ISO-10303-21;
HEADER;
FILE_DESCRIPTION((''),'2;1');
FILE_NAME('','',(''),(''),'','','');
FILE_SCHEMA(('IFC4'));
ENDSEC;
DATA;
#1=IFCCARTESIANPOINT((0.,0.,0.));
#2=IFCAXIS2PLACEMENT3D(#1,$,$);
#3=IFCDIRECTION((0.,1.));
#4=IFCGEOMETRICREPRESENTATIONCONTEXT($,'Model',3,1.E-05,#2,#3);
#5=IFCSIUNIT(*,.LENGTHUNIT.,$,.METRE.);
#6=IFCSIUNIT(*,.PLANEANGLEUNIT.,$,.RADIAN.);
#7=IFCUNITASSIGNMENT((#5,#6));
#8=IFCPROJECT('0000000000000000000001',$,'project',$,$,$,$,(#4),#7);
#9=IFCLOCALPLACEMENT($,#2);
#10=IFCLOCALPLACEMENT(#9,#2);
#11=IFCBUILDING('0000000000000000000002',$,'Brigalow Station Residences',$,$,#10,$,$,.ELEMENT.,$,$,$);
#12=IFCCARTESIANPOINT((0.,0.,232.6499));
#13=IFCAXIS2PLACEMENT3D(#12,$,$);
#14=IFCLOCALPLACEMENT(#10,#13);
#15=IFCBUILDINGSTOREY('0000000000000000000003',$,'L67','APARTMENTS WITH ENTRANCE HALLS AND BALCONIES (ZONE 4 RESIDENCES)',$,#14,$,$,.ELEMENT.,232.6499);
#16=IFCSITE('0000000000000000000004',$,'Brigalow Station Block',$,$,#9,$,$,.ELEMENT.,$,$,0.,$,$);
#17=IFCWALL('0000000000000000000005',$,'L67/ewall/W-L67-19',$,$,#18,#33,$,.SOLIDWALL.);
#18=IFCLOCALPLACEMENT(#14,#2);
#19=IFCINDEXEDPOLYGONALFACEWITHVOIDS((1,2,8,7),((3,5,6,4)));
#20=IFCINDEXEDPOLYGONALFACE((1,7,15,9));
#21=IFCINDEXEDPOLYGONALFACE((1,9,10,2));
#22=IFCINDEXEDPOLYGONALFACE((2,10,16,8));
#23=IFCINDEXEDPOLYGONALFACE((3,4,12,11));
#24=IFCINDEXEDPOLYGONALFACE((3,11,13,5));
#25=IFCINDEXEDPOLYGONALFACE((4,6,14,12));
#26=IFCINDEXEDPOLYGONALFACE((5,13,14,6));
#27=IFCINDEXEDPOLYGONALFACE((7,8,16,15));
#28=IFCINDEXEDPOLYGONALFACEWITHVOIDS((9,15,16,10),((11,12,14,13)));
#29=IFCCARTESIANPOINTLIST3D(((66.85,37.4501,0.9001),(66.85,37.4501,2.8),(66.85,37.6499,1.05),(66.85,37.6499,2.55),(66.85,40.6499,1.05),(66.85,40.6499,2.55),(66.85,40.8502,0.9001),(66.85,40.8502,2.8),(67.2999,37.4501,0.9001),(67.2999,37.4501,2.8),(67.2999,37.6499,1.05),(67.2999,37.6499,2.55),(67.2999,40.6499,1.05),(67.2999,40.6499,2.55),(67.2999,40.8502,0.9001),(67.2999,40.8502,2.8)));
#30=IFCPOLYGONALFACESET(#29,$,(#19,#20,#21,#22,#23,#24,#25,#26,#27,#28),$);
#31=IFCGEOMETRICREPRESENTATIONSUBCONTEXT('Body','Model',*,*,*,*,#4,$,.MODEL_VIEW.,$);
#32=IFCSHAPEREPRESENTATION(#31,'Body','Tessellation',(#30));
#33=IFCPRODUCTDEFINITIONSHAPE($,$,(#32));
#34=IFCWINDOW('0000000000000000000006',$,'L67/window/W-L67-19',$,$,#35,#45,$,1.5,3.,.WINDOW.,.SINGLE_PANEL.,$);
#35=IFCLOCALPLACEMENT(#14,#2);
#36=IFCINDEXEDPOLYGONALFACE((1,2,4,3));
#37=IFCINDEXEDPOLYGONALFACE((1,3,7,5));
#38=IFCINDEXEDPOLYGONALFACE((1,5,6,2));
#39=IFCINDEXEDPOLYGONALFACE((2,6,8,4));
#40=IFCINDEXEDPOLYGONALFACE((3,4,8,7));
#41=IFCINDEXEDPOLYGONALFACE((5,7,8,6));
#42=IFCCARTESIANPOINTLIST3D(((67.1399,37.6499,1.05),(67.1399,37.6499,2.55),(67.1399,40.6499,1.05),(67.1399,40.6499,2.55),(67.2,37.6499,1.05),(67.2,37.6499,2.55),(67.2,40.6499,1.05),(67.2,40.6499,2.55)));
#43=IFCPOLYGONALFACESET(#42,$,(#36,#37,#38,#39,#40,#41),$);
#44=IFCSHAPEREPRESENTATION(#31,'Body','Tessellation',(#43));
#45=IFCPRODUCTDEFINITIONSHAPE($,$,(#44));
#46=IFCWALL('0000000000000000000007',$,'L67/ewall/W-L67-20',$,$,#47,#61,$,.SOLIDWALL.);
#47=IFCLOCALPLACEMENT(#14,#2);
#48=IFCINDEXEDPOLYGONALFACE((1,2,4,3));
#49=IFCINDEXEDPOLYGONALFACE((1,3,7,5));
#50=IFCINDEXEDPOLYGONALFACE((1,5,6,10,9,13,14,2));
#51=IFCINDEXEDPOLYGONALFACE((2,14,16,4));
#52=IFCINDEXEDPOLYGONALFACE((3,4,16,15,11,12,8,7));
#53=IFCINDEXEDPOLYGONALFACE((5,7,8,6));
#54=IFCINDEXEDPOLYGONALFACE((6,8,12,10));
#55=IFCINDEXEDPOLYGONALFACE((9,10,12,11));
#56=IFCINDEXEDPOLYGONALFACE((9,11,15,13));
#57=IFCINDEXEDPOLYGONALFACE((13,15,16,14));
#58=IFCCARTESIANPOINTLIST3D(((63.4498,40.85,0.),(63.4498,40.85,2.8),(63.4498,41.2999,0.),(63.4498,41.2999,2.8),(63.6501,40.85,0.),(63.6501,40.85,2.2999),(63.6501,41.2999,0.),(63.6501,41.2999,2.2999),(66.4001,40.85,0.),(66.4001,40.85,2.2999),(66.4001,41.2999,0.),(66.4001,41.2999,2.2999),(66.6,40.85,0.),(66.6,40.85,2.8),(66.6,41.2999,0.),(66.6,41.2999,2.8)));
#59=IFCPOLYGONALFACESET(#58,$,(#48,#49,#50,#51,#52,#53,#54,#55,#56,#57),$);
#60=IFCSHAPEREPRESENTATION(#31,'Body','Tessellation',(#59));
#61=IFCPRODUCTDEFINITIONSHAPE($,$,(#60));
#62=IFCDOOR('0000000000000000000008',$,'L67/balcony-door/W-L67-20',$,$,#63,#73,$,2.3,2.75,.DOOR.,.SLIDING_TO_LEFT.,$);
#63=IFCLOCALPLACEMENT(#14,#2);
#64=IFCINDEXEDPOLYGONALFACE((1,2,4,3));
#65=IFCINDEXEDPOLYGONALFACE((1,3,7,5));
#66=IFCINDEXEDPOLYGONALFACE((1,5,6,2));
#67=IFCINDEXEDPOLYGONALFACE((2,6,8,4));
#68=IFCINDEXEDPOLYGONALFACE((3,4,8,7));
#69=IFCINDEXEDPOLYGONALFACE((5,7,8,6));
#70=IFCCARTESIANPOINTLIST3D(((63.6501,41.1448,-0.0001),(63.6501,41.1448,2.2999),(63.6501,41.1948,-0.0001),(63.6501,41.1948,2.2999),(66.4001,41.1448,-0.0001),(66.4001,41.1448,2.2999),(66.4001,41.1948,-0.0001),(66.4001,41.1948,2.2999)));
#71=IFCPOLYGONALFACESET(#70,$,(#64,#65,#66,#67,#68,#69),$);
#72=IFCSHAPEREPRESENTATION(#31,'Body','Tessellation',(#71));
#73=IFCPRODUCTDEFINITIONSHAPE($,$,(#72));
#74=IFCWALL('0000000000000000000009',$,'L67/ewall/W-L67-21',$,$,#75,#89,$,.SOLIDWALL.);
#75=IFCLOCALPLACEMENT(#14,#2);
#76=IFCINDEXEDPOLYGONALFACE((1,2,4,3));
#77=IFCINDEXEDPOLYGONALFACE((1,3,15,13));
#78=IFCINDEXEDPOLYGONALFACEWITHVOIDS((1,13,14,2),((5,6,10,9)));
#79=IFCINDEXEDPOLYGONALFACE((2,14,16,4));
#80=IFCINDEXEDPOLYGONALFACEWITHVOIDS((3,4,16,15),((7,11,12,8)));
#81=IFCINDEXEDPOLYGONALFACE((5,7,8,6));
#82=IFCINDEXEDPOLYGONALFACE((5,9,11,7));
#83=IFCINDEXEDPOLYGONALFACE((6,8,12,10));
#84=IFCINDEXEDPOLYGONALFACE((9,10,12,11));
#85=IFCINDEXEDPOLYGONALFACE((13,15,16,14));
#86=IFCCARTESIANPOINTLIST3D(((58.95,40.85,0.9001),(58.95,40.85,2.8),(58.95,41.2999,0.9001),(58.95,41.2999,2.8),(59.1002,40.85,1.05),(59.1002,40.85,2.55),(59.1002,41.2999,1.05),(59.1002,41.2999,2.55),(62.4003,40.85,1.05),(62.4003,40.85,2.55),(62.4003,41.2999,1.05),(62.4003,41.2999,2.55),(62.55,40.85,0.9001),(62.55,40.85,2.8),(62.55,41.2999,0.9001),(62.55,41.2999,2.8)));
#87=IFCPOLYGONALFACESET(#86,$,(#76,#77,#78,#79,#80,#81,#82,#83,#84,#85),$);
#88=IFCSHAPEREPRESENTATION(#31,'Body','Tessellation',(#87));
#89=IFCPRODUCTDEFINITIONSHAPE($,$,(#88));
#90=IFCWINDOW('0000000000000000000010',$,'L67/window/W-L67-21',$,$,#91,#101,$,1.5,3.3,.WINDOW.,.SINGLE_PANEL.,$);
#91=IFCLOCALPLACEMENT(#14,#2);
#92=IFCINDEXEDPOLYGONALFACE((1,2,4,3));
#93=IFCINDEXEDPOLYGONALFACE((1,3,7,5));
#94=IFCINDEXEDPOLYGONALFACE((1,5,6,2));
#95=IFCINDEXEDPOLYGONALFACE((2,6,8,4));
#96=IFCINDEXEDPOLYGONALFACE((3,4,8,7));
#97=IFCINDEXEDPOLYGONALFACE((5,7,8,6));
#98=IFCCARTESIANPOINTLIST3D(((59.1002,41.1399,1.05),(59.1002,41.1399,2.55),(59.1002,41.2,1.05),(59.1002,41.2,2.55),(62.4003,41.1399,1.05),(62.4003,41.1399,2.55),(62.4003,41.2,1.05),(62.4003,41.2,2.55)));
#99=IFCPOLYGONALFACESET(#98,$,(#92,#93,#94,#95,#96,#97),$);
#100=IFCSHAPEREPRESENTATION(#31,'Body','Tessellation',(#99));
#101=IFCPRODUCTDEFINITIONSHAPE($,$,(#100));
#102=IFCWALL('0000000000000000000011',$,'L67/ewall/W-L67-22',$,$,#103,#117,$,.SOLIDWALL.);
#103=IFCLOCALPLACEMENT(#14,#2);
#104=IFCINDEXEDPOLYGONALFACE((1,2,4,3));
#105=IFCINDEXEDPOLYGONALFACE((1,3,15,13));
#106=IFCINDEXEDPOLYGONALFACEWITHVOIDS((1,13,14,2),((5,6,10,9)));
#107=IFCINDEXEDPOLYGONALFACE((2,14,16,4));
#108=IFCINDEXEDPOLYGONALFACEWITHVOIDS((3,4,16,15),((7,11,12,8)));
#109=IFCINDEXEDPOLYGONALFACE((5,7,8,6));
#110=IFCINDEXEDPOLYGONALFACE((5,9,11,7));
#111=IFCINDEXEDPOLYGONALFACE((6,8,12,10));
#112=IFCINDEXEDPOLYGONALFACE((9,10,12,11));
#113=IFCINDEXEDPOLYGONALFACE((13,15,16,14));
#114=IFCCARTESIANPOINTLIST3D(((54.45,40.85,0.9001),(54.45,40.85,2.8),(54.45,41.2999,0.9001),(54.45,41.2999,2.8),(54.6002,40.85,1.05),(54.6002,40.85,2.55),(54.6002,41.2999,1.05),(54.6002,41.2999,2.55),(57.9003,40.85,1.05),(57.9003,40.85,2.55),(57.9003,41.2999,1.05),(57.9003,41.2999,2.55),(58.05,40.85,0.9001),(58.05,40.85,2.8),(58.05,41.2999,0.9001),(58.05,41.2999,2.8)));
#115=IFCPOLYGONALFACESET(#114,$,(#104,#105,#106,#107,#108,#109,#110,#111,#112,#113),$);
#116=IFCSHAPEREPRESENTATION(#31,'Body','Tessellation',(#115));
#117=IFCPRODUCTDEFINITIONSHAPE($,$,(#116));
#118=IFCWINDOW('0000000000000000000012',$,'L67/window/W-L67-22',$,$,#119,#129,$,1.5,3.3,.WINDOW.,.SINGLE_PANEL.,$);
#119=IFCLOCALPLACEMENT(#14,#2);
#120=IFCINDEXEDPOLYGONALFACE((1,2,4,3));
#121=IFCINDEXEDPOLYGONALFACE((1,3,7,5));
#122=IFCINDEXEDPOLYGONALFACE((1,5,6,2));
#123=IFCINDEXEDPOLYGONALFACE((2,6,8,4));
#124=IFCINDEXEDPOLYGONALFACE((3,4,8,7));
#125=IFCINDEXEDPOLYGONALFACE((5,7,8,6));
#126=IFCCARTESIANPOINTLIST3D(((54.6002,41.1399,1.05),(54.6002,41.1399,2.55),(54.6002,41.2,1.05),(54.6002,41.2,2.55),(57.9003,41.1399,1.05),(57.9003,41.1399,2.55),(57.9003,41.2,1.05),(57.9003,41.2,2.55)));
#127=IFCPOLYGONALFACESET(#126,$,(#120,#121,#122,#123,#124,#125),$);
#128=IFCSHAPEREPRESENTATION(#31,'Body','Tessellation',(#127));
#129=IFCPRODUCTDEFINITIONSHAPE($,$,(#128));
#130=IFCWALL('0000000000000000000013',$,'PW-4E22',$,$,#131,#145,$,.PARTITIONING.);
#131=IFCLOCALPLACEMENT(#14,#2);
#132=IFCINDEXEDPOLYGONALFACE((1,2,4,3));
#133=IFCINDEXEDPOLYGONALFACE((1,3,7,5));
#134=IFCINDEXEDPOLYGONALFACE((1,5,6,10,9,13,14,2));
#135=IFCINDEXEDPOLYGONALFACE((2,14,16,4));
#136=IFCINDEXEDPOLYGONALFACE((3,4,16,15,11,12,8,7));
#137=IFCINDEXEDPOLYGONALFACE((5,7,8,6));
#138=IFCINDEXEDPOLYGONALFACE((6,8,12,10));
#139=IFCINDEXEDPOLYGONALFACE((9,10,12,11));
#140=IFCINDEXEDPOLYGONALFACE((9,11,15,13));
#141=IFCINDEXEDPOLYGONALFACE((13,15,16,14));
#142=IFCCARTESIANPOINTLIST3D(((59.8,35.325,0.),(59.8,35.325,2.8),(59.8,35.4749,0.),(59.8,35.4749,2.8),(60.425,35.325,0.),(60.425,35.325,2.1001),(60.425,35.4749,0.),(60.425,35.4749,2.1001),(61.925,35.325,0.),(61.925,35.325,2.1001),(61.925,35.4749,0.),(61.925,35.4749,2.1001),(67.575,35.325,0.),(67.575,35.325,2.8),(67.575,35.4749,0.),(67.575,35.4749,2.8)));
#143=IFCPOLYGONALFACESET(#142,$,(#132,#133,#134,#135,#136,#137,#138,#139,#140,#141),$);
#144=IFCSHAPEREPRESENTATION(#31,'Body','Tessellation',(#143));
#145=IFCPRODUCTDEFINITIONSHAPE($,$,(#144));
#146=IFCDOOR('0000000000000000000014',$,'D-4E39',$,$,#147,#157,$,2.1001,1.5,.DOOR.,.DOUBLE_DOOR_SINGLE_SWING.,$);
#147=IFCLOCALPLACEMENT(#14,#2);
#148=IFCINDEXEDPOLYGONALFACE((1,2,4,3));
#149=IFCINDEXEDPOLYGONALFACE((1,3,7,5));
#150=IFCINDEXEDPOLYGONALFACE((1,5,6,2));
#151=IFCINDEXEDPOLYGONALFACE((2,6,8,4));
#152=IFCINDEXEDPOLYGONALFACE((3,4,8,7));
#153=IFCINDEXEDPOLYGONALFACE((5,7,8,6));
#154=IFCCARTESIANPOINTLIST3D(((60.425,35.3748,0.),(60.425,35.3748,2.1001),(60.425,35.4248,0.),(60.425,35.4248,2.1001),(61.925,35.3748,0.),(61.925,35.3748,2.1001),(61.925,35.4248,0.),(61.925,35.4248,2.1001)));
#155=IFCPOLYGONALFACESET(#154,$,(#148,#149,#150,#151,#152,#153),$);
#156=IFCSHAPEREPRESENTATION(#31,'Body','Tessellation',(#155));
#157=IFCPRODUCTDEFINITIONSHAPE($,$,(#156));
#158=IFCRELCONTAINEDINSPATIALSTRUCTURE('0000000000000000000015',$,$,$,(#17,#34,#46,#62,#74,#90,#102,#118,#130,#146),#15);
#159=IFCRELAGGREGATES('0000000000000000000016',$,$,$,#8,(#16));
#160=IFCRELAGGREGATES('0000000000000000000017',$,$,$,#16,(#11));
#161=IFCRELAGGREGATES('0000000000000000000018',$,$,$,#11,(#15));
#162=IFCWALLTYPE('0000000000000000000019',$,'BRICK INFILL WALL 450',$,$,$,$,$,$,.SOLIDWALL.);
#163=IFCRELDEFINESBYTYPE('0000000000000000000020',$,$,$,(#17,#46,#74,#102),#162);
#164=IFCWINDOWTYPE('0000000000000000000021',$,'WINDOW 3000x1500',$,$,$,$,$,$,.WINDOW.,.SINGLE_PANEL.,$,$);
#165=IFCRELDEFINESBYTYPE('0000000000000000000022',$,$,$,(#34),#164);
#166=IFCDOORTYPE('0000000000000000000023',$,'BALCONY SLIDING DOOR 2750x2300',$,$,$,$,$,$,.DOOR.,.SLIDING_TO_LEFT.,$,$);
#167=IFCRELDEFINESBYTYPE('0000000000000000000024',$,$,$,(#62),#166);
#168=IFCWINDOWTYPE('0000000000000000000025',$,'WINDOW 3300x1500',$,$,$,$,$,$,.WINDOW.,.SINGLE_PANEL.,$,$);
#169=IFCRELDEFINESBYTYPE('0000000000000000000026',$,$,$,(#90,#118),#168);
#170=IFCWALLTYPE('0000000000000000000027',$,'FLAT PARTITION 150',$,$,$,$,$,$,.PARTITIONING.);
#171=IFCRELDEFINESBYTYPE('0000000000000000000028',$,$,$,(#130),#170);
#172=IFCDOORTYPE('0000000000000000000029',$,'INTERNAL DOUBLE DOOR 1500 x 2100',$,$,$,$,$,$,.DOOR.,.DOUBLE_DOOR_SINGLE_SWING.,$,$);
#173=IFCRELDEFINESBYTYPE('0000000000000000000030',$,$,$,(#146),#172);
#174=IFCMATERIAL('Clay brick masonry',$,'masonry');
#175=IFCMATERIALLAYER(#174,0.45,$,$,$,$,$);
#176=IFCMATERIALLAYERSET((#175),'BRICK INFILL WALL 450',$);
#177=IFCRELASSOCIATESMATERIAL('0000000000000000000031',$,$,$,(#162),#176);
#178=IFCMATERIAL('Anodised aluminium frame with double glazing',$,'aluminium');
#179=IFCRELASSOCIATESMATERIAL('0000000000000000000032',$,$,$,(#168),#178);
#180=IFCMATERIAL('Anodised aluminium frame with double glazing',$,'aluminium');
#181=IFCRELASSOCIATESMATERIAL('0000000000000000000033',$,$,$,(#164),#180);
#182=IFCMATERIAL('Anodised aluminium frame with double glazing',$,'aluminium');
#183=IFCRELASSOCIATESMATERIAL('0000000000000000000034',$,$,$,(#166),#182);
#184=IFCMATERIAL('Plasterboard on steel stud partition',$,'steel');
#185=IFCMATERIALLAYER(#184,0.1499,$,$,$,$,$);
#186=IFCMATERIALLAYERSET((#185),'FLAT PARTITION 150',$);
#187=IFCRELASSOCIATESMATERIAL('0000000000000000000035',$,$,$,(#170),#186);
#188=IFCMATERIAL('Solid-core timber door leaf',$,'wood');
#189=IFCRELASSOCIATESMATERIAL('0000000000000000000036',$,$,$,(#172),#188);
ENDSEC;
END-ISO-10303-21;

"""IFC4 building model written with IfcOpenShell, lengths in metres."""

from ifc_helpers import new_model, si_unit, direction, frame, frame_2d, origin, place, context, subcontext, project, spatial, rectangle, extrude, material, layer, layer_set, type_object, element, fill, save


model = new_model("IFC4")

# Units and contexts
model_context = context("Model", 3, precision=1e-05, world=origin(), true_north=direction((0.0, 1.0)))
body_context = subcontext(model_context, "Body", "Model", "MODEL_VIEW")
ifc_project = project(units=[si_unit("LENGTHUNIT", "METRE"), si_unit("PLANEANGLEUNIT", "RADIAN")], contexts=[model_context])

# Site, building, storey
site_placement = place(None, origin())
site = spatial("IfcSite", under=ifc_project, at=site_placement, Name="Brigalow Station Block", CompositionType="ELEMENT", RefElevation=0.0)
building_placement = place(site_placement, origin())
building = spatial("IfcBuilding", under=site, at=building_placement, Name="Brigalow Station Residences", CompositionType="ELEMENT")
storey_placement = place(building_placement, frame((0.0, 0.0, 232.6499)))
storey = spatial("IfcBuildingStorey", under=building, at=storey_placement, Name="L67", Description="APARTMENTS WITH ENTRANCE HALLS AND BALCONIES (ZONE 4 RESIDENCES)", CompositionType="ELEMENT", Elevation=232.6499)

# Wall, opening, window
ifc_material_1 = material(Name="Clay brick masonry", Category="masonry")
ifc_layer_1 = layer(ifc_material_1, 0.45)
ifc_layer_set_1 = layer_set([ifc_layer_1], Name="BRICK INFILL WALL 450")
wall_type_1 = type_object("IfcWallType", Name="BRICK INFILL WALL 450", PredefinedType="SOLIDWALL", material=ifc_layer_set_1)
ifc_material_2 = material(Name="Anodised aluminium frame with double glazing", Category="aluminium")
window_type_1 = type_object("IfcWindowType", Name="WINDOW 3300x1500", PartitioningType="SINGLE_PANEL", PredefinedType="WINDOW", material=ifc_material_2)
wall_1_placement = place(storey_placement, frame((67.075, 37.45, 0.9001), z_axis=(0.0, 0.0, 1.0), x_axis=(0.0, 1.0, 0.0)))
wall_1 = element("IfcWall", 1, at=wall_1_placement, inside=storey, type_object=wall_type_1, Name="L67/ewall/W-L67-19", PredefinedType="SOLIDWALL", context=body_context, shape_type="SweptSolid", body=[
    extrude(rectangle(XDim=3.4001, YDim=0.45, at=frame_2d((1.7002, 0.0))), origin(), (0.0, 0.0, 1.0), 1.8999),
])
opening_1_placement = place(wall_1_placement, frame((0.2, 0.0, 0.1499)))
opening_1 = element("IfcOpeningElement", 2, at=opening_1_placement, cuts=wall_1, PredefinedType="OPENING", context=body_context, shape_type="SweptSolid", body=[
    extrude(rectangle(XDim=3.0, YDim=1.5, at=frame_2d((1.5, 0.75))), frame((0.0, 0.2349, 0.0), z_axis=(0.0, -1.0, 0.0), x_axis=(1.0, 0.0, 0.0)), (0.0, 0.0, 1.0), 0.47),
])
ifc_material_3 = material(Name="Anodised aluminium frame with double glazing", Category="aluminium")
window_type_2 = type_object("IfcWindowType", Name="WINDOW 3000x1500", PartitioningType="SINGLE_PANEL", PredefinedType="WINDOW", material=ifc_material_3)
window_1_placement = place(opening_1_placement, origin())
window_1 = element("IfcWindow", 3, at=window_1_placement, inside=storey, type_object=window_type_2, Name="L67/window/W-L67-19", OverallHeight=1.5, OverallWidth=3.0, PartitioningType="SINGLE_PANEL", PredefinedType="WINDOW", context=body_context, shape_type="SweptSolid", body=[
    extrude(rectangle(XDim=3.0, YDim=1.5, at=frame_2d((1.5, 0.75))), frame((0.0, -0.0649, 0.0), z_axis=(0.0, -1.0, 0.0), x_axis=(1.0, 0.0, 0.0)), (0.0, 0.0, 1.0), 0.0601),
])
fill(opening_1, window_1)

# Wall, opening, door
wall_2_placement = place(storey_placement, frame((66.6001, 41.075, 0.0), z_axis=(0.0, 0.0, 1.0), x_axis=(-1.0, 0.0, 0.0)))
wall_2 = element("IfcWall", 4, at=wall_2_placement, inside=storey, type_object=wall_type_1, Name="L67/ewall/W-L67-20", PredefinedType="SOLIDWALL", context=body_context, shape_type="SweptSolid", body=[
    extrude(rectangle(XDim=3.1501, YDim=0.45, at=frame_2d((1.5752, 0.0))), origin(), (0.0, 0.0, 1.0), 2.8),
])
opening_2_placement = place(wall_2_placement, frame((0.2, 0.0, 0.0)))
opening_2 = element("IfcOpeningElement", 5, at=opening_2_placement, cuts=wall_2, PredefinedType="OPENING", context=body_context, shape_type="SweptSolid", body=[
    extrude(rectangle(XDim=2.75, YDim=2.3, at=frame_2d((1.375, 1.1499))), frame((0.0, 0.2349, 0.0), z_axis=(0.0, -1.0, 0.0), x_axis=(1.0, 0.0, 0.0)), (0.0, 0.0, 1.0), 0.47),
])
ifc_material_4 = material(Name="Anodised aluminium frame with double glazing", Category="aluminium")
door_type_1 = type_object("IfcDoorType", Name="BALCONY SLIDING DOOR 2750x2300", OperationType="SLIDING_TO_LEFT", PredefinedType="DOOR", material=ifc_material_4)
door_1_placement = place(opening_2_placement, origin())
door_1 = element("IfcDoor", 6, at=door_1_placement, inside=storey, type_object=door_type_1, Name="L67/balcony-door/W-L67-20", OperationType="SLIDING_TO_LEFT", OverallHeight=2.3, OverallWidth=2.75, PredefinedType="DOOR", context=body_context, shape_type="SweptSolid", body=[
    extrude(rectangle(XDim=2.75, YDim=2.3, at=frame_2d((1.375, 1.1499))), frame((0.0, -0.0698, 0.0), z_axis=(0.0, -1.0, 0.0), x_axis=(1.0, 0.0, 0.0)), (0.0, 0.0, 1.0), 0.05),
])
fill(opening_2, door_1)

# Walls, openings, windows
wall_3_placement = place(storey_placement, frame((62.55, 41.075, 0.9001), z_axis=(0.0, 0.0, 1.0), x_axis=(-1.0, 0.0, 0.0)))
wall_3 = element("IfcWall", 7, at=wall_3_placement, inside=storey, type_object=wall_type_1, Name="L67/ewall/W-L67-21", PredefinedType="SOLIDWALL", context=body_context, shape_type="SweptSolid", body=[
    extrude(rectangle(XDim=3.6001, YDim=0.45, at=frame_2d((1.8, 0.0))), origin(), (0.0, 0.0, 1.0), 1.8999),
])
opening_3_placement = place(wall_3_placement, frame((0.1499, 0.0, 0.1499)))
opening_3 = element("IfcOpeningElement", 8, at=opening_3_placement, cuts=wall_3, PredefinedType="OPENING", context=body_context, shape_type="SweptSolid", body=[
    extrude(rectangle(XDim=3.3, YDim=1.5, at=frame_2d((1.6499, 0.75))), frame((0.0, 0.2349, 0.0), z_axis=(0.0, -1.0, 0.0), x_axis=(1.0, 0.0, 0.0)), (0.0, 0.0, 1.0), 0.47),
])
window_2_placement = place(opening_3_placement, origin())
window_2 = element("IfcWindow", 9, at=window_2_placement, inside=storey, type_object=window_type_1, Name="L67/window/W-L67-21", OverallHeight=1.5, OverallWidth=3.3, PartitioningType="SINGLE_PANEL", PredefinedType="WINDOW", context=body_context, shape_type="SweptSolid", body=[
    extrude(rectangle(XDim=3.3, YDim=1.5, at=frame_2d((1.6499, 0.75))), frame((0.0, -0.0649, 0.0), z_axis=(0.0, -1.0, 0.0), x_axis=(1.0, 0.0, 0.0)), (0.0, 0.0, 1.0), 0.0601),
])
fill(opening_3, window_2)
wall_4_placement = place(storey_placement, frame((58.05, 41.075, 0.9001), z_axis=(0.0, 0.0, 1.0), x_axis=(-1.0, 0.0, 0.0)))
wall_4 = element("IfcWall", 10, at=wall_4_placement, inside=storey, type_object=wall_type_1, Name="L67/ewall/W-L67-22", PredefinedType="SOLIDWALL", context=body_context, shape_type="SweptSolid", body=[
    extrude(rectangle(XDim=3.6001, YDim=0.45, at=frame_2d((1.8, 0.0))), origin(), (0.0, 0.0, 1.0), 1.8999),
])
opening_4_placement = place(wall_4_placement, frame((0.1499, 0.0, 0.1499)))
opening_4 = element("IfcOpeningElement", 11, at=opening_4_placement, cuts=wall_4, PredefinedType="OPENING", context=body_context, shape_type="SweptSolid", body=[
    extrude(rectangle(XDim=3.3, YDim=1.5, at=frame_2d((1.6499, 0.75))), frame((0.0, 0.2349, 0.0), z_axis=(0.0, -1.0, 0.0), x_axis=(1.0, 0.0, 0.0)), (0.0, 0.0, 1.0), 0.47),
])
window_3_placement = place(opening_4_placement, origin())
window_3 = element("IfcWindow", 12, at=window_3_placement, inside=storey, type_object=window_type_1, Name="L67/window/W-L67-22", OverallHeight=1.5, OverallWidth=3.3, PartitioningType="SINGLE_PANEL", PredefinedType="WINDOW", context=body_context, shape_type="SweptSolid", body=[
    extrude(rectangle(XDim=3.3, YDim=1.5, at=frame_2d((1.6499, 0.75))), frame((0.0, -0.0649, 0.0), z_axis=(0.0, -1.0, 0.0), x_axis=(1.0, 0.0, 0.0)), (0.0, 0.0, 1.0), 0.0601),
])
fill(opening_4, window_3)

# Wall, opening, door
ifc_material_5 = material(Name="Plasterboard on steel stud partition", Category="steel")
ifc_layer_2 = layer(ifc_material_5, 0.1499)
ifc_layer_set_2 = layer_set([ifc_layer_2], Name="FLAT PARTITION 150")
wall_type_2 = type_object("IfcWallType", Name="FLAT PARTITION 150", PredefinedType="PARTITIONING", material=ifc_layer_set_2)
wall_5_placement = place(storey_placement, frame((59.8, 35.3999, 0.0), z_axis=(0.0, 0.0, 1.0), x_axis=(1.0, 0.0, 0.0)))
wall_5 = element("IfcWall", 13, at=wall_5_placement, inside=storey, type_object=wall_type_2, Name="PW-4E22", PredefinedType="PARTITIONING", context=body_context, shape_type="SweptSolid", body=[
    extrude(rectangle(XDim=7.7749, YDim=0.1499, at=frame_2d((3.8875, 0.0))), origin(), (0.0, 0.0, 1.0), 2.8),
])
opening_5_placement = place(wall_5_placement, frame((0.625, 0.0, 0.0)))
opening_5 = element("IfcOpeningElement", 14, at=opening_5_placement, cuts=wall_5, PredefinedType="OPENING", context=body_context, shape_type="SweptSolid", body=[
    extrude(rectangle(XDim=1.5, YDim=2.1001, at=frame_2d((0.75, 1.05))), frame((0.0, 0.085, 0.0), z_axis=(0.0, -1.0, 0.0), x_axis=(1.0, 0.0, 0.0)), (0.0, 0.0, 1.0), 0.1699),
])
ifc_material_6 = material(Name="Solid-core timber door leaf", Category="wood")
door_type_2 = type_object("IfcDoorType", Name="INTERNAL DOUBLE DOOR 1500 x 2100", OperationType="DOUBLE_DOOR_SINGLE_SWING", PredefinedType="DOOR", material=ifc_material_6)
door_2_placement = place(opening_5_placement, origin())
door_2 = element("IfcDoor", 15, at=door_2_placement, inside=storey, type_object=door_type_2, Name="D-4E39", OperationType="DOUBLE_DOOR_SINGLE_SWING", OverallHeight=2.1001, OverallWidth=1.5, PredefinedType="DOOR", context=body_context, shape_type="SweptSolid", body=[
    extrude(rectangle(XDim=1.5, YDim=2.1001, at=frame_2d((0.75, 1.05))), frame((0.0, 0.0249, 0.0), z_axis=(0.0, -1.0, 0.0), x_axis=(1.0, 0.0, 0.0)), (0.0, 0.0, 1.0), 0.05),
])
fill(opening_5, door_2)

save(model, "model.ifc")
